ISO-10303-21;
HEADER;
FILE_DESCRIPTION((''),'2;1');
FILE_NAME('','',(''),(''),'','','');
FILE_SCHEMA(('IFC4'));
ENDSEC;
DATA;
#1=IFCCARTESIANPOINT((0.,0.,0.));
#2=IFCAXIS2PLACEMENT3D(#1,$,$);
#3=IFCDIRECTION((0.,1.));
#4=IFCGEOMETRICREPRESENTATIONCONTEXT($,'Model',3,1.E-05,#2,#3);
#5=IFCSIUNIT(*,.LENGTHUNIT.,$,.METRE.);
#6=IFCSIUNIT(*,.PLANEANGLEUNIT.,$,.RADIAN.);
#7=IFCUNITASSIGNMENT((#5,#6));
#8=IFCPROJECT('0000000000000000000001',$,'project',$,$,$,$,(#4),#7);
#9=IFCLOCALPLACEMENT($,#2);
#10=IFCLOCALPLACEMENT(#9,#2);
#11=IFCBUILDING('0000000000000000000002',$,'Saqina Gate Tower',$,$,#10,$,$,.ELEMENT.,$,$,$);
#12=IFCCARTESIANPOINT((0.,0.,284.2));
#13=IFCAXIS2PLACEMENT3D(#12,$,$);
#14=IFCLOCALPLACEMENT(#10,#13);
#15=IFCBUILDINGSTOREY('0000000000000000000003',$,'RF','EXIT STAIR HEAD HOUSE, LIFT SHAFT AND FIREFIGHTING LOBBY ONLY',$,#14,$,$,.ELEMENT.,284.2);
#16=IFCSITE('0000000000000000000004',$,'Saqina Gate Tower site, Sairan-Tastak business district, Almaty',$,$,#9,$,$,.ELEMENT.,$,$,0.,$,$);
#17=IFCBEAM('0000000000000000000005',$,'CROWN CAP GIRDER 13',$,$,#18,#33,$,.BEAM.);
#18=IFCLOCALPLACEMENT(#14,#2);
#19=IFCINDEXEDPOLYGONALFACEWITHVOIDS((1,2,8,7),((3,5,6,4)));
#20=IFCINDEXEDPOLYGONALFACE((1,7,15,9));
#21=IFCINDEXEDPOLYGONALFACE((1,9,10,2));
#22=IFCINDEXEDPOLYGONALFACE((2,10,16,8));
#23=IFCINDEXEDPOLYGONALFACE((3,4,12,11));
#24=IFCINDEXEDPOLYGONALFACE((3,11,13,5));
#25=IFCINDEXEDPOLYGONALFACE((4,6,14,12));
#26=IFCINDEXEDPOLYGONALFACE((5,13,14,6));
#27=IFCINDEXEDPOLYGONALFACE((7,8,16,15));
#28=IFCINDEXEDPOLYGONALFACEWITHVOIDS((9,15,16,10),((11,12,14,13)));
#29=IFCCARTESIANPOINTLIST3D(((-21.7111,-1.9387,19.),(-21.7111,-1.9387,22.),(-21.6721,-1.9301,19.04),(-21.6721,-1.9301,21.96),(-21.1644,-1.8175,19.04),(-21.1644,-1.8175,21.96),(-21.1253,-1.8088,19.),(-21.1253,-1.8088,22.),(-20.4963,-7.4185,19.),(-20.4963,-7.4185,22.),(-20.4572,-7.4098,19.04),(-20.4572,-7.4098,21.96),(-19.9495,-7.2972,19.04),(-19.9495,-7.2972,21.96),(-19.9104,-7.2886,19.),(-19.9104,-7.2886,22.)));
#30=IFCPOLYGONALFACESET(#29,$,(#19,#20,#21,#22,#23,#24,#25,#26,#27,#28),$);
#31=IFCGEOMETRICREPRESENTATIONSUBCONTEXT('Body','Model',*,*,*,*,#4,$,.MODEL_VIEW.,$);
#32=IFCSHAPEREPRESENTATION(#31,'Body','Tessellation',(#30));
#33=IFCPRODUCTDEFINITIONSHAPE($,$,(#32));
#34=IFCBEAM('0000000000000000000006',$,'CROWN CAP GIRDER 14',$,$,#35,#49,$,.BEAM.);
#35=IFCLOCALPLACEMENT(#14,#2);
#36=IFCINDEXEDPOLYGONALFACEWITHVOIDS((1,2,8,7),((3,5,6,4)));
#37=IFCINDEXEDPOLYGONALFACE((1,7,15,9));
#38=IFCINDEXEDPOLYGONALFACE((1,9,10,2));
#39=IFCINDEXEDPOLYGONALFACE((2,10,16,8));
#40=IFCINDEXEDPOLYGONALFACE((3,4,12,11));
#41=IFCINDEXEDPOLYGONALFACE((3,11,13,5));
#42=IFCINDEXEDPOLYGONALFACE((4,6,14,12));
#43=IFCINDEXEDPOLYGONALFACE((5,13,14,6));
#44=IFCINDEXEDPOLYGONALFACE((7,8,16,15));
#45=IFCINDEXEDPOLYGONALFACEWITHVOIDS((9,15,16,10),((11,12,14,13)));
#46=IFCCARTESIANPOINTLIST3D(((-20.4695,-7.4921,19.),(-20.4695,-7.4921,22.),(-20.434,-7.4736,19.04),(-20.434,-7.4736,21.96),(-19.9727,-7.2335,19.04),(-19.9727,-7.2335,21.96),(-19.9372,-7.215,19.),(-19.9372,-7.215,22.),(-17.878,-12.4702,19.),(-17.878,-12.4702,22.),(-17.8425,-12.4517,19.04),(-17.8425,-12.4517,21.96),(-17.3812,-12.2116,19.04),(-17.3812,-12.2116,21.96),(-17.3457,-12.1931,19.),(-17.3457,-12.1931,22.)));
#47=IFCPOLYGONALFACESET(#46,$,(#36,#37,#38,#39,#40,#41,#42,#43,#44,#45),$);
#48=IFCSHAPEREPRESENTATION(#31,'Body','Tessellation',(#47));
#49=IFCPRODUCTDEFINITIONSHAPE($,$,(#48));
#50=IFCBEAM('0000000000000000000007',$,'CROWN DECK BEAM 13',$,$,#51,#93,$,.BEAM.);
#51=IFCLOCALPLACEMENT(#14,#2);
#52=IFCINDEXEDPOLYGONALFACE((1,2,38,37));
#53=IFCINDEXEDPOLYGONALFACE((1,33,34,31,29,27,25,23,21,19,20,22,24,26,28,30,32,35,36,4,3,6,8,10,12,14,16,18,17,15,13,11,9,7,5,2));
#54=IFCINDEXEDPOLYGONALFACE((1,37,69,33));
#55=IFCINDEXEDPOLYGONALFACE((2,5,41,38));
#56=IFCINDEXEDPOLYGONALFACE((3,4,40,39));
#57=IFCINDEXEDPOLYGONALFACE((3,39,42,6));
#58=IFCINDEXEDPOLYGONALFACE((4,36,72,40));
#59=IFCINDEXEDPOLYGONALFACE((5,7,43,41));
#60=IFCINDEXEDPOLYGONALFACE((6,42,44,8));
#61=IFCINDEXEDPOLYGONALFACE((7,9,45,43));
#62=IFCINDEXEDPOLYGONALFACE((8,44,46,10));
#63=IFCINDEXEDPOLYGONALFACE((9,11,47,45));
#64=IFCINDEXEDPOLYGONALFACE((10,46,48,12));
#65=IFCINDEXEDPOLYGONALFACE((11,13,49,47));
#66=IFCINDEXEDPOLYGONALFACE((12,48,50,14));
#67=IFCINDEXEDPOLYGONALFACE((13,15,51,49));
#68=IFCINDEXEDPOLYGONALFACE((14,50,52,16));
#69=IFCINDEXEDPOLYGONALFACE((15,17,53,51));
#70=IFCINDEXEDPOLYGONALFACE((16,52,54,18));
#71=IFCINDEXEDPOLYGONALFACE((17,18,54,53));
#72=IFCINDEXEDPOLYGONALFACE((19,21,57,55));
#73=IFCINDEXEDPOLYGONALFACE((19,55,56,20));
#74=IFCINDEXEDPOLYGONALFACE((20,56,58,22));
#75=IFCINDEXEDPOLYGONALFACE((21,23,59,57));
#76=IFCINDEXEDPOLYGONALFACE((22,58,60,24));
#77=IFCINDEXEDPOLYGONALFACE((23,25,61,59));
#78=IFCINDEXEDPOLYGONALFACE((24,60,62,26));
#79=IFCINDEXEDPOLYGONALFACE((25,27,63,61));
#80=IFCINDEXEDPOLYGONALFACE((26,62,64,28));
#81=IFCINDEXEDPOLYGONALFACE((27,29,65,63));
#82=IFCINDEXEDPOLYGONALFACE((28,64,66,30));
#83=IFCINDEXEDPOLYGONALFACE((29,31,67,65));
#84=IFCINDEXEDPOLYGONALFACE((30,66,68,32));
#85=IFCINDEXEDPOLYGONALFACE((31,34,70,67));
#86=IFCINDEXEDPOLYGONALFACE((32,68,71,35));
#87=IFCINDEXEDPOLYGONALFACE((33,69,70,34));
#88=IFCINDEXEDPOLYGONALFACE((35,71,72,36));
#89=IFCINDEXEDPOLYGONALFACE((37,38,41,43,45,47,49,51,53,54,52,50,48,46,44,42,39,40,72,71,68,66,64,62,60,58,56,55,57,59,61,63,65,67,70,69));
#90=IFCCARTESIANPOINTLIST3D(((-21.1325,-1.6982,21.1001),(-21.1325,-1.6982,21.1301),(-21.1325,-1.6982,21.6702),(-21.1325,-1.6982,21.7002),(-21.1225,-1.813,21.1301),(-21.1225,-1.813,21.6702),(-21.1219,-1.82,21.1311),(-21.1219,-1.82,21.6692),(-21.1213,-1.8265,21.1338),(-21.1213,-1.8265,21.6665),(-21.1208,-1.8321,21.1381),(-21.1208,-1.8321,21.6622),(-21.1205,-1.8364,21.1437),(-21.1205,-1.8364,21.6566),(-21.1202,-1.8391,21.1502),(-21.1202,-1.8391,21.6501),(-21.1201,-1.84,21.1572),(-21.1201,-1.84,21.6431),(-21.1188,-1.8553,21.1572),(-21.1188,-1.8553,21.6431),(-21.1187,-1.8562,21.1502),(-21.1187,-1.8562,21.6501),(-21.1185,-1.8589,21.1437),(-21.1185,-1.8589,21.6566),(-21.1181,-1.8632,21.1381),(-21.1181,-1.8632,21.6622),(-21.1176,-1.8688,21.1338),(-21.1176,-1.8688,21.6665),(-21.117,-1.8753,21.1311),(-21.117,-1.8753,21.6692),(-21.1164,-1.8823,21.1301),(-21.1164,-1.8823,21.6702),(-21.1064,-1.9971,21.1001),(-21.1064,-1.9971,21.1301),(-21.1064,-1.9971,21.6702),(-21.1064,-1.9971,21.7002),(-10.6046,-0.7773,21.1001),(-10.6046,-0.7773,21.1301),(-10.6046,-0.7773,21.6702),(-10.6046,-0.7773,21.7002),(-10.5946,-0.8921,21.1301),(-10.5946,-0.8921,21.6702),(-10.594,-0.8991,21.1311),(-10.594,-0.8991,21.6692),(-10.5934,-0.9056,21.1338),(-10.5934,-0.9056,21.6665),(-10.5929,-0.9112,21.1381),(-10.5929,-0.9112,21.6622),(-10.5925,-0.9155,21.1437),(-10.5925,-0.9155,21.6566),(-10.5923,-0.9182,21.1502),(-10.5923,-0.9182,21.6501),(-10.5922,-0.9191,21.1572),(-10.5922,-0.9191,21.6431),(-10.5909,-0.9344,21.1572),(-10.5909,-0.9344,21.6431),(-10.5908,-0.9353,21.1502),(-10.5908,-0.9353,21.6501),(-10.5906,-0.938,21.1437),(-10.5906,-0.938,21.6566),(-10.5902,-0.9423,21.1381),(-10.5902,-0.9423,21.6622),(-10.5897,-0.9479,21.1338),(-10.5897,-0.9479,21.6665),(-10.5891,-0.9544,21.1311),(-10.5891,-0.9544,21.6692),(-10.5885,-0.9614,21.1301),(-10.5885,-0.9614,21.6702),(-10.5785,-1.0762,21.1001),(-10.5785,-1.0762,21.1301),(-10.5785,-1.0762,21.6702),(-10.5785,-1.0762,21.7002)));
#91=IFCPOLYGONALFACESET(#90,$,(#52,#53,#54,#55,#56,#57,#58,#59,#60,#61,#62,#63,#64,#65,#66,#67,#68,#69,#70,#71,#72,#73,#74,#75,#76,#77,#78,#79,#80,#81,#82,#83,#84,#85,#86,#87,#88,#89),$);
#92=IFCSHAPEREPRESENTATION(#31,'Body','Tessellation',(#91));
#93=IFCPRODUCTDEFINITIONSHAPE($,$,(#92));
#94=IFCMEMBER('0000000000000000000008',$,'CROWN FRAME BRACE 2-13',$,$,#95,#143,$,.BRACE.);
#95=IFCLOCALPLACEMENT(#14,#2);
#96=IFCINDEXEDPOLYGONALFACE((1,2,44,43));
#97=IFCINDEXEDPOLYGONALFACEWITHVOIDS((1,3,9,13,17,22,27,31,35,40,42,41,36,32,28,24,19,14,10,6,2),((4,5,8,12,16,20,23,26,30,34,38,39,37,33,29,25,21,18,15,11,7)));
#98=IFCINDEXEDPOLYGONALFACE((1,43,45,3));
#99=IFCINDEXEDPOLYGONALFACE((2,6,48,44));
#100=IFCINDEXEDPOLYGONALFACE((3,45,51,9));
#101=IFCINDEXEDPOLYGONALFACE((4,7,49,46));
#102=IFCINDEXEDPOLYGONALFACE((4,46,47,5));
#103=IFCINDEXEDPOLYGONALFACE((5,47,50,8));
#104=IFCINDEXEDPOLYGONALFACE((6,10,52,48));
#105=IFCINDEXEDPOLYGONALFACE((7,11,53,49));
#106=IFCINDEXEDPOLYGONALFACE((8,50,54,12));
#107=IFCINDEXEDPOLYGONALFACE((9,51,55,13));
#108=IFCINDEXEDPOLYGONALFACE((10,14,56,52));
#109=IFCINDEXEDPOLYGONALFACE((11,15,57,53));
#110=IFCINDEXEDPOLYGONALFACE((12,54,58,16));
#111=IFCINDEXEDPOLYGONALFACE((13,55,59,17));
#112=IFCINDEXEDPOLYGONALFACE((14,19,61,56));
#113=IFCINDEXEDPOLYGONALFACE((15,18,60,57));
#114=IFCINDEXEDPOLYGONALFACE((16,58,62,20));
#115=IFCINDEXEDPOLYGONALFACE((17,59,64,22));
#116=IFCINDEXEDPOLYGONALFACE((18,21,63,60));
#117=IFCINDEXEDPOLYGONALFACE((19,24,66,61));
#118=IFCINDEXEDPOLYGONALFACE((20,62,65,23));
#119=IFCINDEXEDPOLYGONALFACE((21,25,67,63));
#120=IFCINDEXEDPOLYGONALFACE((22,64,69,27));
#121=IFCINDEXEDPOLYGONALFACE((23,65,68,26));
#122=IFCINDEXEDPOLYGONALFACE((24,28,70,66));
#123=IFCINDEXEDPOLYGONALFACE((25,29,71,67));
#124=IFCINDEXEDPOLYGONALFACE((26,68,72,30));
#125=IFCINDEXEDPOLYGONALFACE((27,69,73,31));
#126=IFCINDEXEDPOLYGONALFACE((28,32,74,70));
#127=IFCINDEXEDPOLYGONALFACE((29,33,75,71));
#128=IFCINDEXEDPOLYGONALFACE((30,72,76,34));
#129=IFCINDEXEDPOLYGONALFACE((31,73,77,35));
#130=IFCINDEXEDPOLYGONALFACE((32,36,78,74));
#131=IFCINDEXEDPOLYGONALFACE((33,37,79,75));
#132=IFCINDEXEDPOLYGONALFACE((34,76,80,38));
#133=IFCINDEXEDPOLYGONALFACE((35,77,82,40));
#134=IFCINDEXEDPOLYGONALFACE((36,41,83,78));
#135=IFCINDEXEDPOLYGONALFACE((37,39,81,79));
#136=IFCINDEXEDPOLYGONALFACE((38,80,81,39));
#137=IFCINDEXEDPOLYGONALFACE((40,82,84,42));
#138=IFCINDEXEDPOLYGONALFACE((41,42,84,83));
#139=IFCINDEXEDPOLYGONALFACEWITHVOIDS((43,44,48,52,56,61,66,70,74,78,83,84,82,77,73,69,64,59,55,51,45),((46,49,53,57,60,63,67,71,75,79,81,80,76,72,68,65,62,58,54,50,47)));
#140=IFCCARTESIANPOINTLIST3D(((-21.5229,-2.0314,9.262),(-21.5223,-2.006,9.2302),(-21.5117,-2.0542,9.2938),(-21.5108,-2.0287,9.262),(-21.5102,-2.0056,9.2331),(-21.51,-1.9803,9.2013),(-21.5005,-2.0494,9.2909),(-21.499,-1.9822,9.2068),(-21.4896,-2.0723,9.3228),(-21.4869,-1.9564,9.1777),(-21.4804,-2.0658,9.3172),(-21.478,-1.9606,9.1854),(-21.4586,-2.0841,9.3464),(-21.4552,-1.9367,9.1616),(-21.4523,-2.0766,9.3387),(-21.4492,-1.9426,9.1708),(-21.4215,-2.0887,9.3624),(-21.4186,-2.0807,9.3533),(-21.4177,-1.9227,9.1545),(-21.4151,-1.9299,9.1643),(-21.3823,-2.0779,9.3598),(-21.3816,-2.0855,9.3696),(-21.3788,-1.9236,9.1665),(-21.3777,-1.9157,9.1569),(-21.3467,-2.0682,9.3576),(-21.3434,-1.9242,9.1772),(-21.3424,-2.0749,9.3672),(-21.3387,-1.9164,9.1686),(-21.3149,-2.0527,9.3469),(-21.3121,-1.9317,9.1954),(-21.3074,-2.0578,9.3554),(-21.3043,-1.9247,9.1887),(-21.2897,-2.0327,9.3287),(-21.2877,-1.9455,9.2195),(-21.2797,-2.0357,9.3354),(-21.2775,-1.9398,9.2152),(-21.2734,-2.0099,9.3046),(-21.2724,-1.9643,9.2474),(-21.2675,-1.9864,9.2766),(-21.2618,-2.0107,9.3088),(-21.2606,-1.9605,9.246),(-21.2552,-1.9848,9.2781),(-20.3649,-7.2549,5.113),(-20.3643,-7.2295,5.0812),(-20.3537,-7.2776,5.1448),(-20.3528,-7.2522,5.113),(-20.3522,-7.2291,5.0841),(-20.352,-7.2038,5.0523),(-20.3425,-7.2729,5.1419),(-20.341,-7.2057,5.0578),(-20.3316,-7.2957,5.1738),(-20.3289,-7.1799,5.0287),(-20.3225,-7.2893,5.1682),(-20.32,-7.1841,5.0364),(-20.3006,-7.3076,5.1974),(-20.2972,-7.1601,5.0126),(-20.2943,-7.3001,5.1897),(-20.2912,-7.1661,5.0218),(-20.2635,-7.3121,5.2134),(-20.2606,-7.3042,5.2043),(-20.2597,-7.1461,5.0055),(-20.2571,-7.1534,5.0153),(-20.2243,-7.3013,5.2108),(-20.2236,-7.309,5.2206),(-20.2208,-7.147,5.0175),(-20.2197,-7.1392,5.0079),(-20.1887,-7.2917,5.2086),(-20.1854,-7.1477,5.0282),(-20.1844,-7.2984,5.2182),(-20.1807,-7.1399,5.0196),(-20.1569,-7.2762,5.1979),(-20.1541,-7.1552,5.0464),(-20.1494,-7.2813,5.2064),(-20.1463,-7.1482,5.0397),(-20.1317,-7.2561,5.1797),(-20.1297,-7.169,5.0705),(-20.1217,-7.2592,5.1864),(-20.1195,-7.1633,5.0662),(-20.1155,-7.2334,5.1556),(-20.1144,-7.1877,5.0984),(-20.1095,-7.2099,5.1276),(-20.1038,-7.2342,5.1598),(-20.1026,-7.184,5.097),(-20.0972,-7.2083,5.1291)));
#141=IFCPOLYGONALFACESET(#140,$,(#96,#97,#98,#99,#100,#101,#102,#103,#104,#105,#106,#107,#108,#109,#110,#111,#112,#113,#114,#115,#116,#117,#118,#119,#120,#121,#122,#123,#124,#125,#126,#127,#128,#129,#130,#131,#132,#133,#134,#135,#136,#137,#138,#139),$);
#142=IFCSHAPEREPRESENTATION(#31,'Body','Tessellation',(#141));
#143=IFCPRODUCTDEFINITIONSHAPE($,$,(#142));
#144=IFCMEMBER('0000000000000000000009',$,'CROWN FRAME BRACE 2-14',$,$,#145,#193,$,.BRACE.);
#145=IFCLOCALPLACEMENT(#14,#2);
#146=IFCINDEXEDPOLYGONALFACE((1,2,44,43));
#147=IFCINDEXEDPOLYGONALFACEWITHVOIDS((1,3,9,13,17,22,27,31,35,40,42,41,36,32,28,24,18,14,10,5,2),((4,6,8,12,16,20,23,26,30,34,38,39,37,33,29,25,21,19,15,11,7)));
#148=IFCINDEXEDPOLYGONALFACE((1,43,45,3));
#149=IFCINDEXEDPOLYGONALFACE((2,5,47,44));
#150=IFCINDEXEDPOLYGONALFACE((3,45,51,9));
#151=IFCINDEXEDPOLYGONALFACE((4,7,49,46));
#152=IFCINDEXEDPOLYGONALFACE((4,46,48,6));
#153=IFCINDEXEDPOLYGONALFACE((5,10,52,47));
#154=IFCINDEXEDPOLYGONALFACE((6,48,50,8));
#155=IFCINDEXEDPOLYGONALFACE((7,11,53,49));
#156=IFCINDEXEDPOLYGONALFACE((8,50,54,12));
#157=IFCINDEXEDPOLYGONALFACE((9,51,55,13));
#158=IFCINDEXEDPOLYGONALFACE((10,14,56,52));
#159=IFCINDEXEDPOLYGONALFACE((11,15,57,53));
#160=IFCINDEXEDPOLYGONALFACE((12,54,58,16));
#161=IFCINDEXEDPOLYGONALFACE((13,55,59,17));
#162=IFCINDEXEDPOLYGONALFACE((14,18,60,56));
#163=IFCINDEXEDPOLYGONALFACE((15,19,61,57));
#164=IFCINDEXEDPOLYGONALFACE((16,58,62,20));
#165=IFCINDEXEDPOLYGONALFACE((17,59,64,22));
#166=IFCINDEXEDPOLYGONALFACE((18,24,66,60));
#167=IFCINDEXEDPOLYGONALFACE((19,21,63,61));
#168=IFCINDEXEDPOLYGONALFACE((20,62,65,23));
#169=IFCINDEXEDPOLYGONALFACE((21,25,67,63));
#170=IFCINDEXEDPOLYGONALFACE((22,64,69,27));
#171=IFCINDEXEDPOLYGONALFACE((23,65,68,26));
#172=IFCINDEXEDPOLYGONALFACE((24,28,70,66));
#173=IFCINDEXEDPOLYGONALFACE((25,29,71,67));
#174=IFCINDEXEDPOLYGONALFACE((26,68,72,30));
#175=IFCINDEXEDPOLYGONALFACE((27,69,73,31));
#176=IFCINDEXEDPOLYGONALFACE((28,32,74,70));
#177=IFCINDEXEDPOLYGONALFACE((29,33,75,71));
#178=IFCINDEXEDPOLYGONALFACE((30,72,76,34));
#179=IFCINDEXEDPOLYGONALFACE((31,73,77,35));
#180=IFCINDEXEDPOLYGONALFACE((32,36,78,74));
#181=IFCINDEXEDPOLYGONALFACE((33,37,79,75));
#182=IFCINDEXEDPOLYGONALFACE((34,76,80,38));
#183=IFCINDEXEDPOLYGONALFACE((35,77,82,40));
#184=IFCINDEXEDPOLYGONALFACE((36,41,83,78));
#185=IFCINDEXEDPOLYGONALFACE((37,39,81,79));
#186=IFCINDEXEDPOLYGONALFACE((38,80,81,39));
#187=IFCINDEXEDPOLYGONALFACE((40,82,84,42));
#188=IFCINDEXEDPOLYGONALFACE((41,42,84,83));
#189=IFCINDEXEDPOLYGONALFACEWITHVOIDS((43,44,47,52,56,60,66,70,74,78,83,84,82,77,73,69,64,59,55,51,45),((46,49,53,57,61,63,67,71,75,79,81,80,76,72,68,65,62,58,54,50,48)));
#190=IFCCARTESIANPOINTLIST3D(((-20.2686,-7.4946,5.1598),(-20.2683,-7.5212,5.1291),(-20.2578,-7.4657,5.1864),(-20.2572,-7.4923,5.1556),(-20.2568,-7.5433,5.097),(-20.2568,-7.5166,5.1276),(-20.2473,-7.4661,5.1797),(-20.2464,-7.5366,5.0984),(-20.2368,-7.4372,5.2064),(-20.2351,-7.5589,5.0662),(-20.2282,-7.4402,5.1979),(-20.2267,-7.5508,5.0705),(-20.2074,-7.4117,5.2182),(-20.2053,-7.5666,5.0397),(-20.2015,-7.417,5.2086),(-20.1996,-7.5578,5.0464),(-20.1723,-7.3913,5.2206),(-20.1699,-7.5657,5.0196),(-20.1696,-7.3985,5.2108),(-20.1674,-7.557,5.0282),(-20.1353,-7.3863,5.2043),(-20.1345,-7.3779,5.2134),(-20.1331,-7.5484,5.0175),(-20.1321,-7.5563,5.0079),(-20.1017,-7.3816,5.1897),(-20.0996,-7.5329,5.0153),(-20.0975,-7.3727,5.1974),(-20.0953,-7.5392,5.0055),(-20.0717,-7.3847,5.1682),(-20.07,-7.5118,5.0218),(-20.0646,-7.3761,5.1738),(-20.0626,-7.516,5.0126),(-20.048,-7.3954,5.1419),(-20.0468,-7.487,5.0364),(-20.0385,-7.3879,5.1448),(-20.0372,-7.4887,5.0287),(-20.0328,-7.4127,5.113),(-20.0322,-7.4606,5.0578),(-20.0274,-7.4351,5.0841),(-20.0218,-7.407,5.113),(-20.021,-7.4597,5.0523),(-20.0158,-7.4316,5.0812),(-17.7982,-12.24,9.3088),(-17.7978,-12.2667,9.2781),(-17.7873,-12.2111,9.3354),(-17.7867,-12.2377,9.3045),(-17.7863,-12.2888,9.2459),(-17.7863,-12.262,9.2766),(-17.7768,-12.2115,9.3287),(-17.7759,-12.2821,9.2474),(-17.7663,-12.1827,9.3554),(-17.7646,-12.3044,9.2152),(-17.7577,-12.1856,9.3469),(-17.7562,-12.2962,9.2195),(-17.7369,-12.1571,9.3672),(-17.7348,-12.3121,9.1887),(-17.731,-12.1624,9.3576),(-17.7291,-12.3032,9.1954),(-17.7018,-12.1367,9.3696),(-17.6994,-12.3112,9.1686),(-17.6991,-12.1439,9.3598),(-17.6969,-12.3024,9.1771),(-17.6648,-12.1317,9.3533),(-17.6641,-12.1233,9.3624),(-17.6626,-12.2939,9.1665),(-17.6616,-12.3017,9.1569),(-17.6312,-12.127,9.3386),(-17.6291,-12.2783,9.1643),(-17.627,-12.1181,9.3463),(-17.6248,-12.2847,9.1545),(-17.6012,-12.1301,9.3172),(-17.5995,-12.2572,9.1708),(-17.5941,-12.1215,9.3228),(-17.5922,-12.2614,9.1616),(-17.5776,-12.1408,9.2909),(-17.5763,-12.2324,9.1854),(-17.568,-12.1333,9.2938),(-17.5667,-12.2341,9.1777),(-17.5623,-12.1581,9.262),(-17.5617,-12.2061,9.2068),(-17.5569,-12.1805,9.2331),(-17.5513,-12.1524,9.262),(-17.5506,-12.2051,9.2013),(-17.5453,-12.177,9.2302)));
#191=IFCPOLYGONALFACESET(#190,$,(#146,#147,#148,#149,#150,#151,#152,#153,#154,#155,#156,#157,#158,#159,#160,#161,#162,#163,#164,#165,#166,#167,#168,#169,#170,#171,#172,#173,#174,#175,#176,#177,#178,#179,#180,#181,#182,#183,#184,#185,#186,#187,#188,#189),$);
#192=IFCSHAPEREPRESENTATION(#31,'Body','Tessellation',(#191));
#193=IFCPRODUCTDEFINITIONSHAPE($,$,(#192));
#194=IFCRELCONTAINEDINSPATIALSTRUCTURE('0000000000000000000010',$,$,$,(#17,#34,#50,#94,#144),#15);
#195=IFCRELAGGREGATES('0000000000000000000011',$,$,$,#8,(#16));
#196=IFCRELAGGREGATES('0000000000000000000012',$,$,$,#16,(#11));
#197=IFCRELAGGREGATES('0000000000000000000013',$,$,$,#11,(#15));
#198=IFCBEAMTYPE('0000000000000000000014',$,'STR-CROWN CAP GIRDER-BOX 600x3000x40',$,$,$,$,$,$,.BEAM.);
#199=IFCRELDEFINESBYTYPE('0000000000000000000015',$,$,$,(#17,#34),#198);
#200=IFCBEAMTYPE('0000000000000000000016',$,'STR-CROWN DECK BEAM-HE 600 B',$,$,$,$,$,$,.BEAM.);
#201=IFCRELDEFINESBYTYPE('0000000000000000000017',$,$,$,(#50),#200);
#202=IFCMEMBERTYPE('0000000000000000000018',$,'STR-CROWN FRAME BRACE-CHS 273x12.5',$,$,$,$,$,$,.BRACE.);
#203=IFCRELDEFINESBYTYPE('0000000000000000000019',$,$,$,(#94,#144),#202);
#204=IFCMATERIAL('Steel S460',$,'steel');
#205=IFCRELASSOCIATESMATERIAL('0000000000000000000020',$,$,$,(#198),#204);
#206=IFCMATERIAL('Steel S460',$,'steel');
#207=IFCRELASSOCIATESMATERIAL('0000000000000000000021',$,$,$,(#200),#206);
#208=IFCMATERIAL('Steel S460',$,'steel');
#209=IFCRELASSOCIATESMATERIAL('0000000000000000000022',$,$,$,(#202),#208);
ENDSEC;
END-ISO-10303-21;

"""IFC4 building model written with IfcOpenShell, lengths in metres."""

from ifc_helpers import new_model, si_unit, direction, frame, origin, origin_2d, place, context, subcontext, project, spatial, hollow_rectangle, hollow_circle, i_section, extrude, material, material_profile, profile_set, type_object, element, save


model = new_model("IFC4")

# Units and contexts
model_context = context("Model", 3, precision=1e-05, world=origin(), true_north=direction((0.0, 1.0)))
body_context = subcontext(model_context, "Body", "Model", "MODEL_VIEW")
ifc_project = project(units=[si_unit("LENGTHUNIT", "METRE"), si_unit("PLANEANGLEUNIT", "RADIAN")], contexts=[model_context])

# Site, building, storey
site_placement = place(None, origin())
site = spatial("IfcSite", under=ifc_project, at=site_placement, Name="Saqina Gate Tower site, Sairan-Tastak business district, Almaty", CompositionType="ELEMENT", RefElevation=0.0)
building_placement = place(site_placement, origin())
building = spatial("IfcBuilding", under=site, at=building_placement, Name="Saqina Gate Tower", CompositionType="ELEMENT")
storey_placement = place(building_placement, frame((0.0, 0.0, 284.2)))
storey = spatial("IfcBuildingStorey", under=building, at=storey_placement, Name="RF", Description="EXIT STAIR HEAD HOUSE, LIFT SHAFT AND FIREFIGHTING LOBBY ONLY", CompositionType="ELEMENT", Elevation=284.2)

# Beams
ifc_material_1 = material(Name="Steel S460", Category="steel")
ifc_material_profile_1 = material_profile(ifc_material_1, hollow_rectangle(XDim=0.6001, YDim=3.0, WallThickness=0.04, at=origin_2d()), Name="BOX 600x3000x40")
ifc_profile_set_1 = profile_set([ifc_material_profile_1], Name="Steel S460")
beam_type_1 = type_object("IfcBeamType", Name="STR-CROWN CAP GIRDER-BOX 600x3000x40", PredefinedType="BEAM", material=ifc_profile_set_1)
beam_1_placement = place(storey_placement, frame((-21.4182, -1.8738, 20.5), z_axis=(0.216442, -0.976295, 0.0), x_axis=(0.976295, 0.216442, 0.0)))
element("IfcBeam", 1, at=beam_1_placement, inside=storey, type_object=beam_type_1, Name="CROWN CAP GIRDER 13", PredefinedType="BEAM", context=body_context, shape_type="SweptSolid", body=[
    extrude(hollow_rectangle(XDim=0.6001, YDim=3.0, WallThickness=0.04, at=origin_2d()), origin(), (0.0, 0.0, 1.0), 5.6128),
])
beam_2_placement = place(storey_placement, frame((-20.2034, -7.3535, 20.5), z_axis=(0.461753, -0.887009, 0.0), x_axis=(0.887009, 0.461753, 0.0)))
element("IfcBeam", 2, at=beam_2_placement, inside=storey, type_object=beam_type_1, Name="CROWN CAP GIRDER 14", PredefinedType="BEAM", context=body_context, shape_type="SweptSolid", body=[
    extrude(hollow_rectangle(XDim=0.6001, YDim=3.0, WallThickness=0.04, at=origin_2d()), origin(), (0.0, 0.0, 1.0), 5.6123),
])
ifc_material_2 = material(Name="Steel S460", Category="steel")
ifc_material_profile_2 = material_profile(ifc_material_2, i_section(OverallWidth=0.3, OverallDepth=0.6001, WebThickness=0.0154, FlangeThickness=0.03, FilletRadius=0.0271, at=origin_2d()), Name="HE 600 B")
ifc_profile_set_2 = profile_set([ifc_material_profile_2], Name="Steel S460")
beam_type_2 = type_object("IfcBeamType", Name="STR-CROWN DECK BEAM-HE 600 B", PredefinedType="BEAM", material=ifc_profile_set_2)
beam_3_placement = place(storey_placement, frame((-10.5916, -0.9268, 21.4001), z_axis=(-0.996196, -0.08714, 0.0), x_axis=(0.08714, -0.996196, 0.0)))
element("IfcBeam", 3, at=beam_3_placement, inside=storey, type_object=beam_type_2, Name="CROWN DECK BEAM 13", PredefinedType="BEAM", context=body_context, shape_type="SweptSolid", body=[
    extrude(i_section(OverallWidth=0.3, OverallDepth=0.6001, WebThickness=0.0154, FlangeThickness=0.03, FilletRadius=0.0271, at=origin_2d()), origin(), (0.0, 0.0, 1.0), 10.5681),
])

# Members
ifc_material_3 = material(Name="Steel S460", Category="steel")
ifc_material_profile_3 = material_profile(ifc_material_3, hollow_circle(Radius=0.1365, WallThickness=0.0125, at=origin_2d()), Name="CHS 273x12.5")
ifc_profile_set_3 = profile_set([ifc_material_profile_3], Name="Steel S460")
member_type = type_object("IfcMemberType", Name="STR-CROWN FRAME BRACE-CHS 273x12.5", PredefinedType="BRACE", material=ifc_profile_set_3)
member_1_placement = place(storey_placement, frame((-20.2317, -7.2253, 5.113), z_axis=(-0.171033, 0.771504, 0.612804), x_axis=(-0.976298, -0.216433, 0.0)))
element("IfcMember", 4, at=member_1_placement, inside=storey, type_object=member_type, Name="CROWN FRAME BRACE 2-13", PredefinedType="BRACE", context=body_context, shape_type="SweptSolid", body=[
    extrude(hollow_circle(Radius=0.1365, WallThickness=0.0125, at=origin_2d()), origin(), (0.0, 0.0, 1.0), 6.7705),
])
for number, where, z_axis, x_axis, name in (
    (5, (-20.1428, -7.47, 5.113), (0.364904, -0.700922, 0.612824), (0.886997, 0.461775, 0.0), "CROWN FRAME BRACE 2-14"),
):
    element("IfcMember", number, at=place(storey_placement, frame(where, z_axis=z_axis, x_axis=x_axis)), inside=storey, type_object=member_type, Name=name, PredefinedType="BRACE", context=body_context, shape_type="SweptSolid", body=[
        extrude(hollow_circle(Radius=0.1365, WallThickness=0.0125, at=origin_2d()), origin(), (0.0, 0.0, 1.0), 6.7703),
    ])

save(model, "model.ifc")
